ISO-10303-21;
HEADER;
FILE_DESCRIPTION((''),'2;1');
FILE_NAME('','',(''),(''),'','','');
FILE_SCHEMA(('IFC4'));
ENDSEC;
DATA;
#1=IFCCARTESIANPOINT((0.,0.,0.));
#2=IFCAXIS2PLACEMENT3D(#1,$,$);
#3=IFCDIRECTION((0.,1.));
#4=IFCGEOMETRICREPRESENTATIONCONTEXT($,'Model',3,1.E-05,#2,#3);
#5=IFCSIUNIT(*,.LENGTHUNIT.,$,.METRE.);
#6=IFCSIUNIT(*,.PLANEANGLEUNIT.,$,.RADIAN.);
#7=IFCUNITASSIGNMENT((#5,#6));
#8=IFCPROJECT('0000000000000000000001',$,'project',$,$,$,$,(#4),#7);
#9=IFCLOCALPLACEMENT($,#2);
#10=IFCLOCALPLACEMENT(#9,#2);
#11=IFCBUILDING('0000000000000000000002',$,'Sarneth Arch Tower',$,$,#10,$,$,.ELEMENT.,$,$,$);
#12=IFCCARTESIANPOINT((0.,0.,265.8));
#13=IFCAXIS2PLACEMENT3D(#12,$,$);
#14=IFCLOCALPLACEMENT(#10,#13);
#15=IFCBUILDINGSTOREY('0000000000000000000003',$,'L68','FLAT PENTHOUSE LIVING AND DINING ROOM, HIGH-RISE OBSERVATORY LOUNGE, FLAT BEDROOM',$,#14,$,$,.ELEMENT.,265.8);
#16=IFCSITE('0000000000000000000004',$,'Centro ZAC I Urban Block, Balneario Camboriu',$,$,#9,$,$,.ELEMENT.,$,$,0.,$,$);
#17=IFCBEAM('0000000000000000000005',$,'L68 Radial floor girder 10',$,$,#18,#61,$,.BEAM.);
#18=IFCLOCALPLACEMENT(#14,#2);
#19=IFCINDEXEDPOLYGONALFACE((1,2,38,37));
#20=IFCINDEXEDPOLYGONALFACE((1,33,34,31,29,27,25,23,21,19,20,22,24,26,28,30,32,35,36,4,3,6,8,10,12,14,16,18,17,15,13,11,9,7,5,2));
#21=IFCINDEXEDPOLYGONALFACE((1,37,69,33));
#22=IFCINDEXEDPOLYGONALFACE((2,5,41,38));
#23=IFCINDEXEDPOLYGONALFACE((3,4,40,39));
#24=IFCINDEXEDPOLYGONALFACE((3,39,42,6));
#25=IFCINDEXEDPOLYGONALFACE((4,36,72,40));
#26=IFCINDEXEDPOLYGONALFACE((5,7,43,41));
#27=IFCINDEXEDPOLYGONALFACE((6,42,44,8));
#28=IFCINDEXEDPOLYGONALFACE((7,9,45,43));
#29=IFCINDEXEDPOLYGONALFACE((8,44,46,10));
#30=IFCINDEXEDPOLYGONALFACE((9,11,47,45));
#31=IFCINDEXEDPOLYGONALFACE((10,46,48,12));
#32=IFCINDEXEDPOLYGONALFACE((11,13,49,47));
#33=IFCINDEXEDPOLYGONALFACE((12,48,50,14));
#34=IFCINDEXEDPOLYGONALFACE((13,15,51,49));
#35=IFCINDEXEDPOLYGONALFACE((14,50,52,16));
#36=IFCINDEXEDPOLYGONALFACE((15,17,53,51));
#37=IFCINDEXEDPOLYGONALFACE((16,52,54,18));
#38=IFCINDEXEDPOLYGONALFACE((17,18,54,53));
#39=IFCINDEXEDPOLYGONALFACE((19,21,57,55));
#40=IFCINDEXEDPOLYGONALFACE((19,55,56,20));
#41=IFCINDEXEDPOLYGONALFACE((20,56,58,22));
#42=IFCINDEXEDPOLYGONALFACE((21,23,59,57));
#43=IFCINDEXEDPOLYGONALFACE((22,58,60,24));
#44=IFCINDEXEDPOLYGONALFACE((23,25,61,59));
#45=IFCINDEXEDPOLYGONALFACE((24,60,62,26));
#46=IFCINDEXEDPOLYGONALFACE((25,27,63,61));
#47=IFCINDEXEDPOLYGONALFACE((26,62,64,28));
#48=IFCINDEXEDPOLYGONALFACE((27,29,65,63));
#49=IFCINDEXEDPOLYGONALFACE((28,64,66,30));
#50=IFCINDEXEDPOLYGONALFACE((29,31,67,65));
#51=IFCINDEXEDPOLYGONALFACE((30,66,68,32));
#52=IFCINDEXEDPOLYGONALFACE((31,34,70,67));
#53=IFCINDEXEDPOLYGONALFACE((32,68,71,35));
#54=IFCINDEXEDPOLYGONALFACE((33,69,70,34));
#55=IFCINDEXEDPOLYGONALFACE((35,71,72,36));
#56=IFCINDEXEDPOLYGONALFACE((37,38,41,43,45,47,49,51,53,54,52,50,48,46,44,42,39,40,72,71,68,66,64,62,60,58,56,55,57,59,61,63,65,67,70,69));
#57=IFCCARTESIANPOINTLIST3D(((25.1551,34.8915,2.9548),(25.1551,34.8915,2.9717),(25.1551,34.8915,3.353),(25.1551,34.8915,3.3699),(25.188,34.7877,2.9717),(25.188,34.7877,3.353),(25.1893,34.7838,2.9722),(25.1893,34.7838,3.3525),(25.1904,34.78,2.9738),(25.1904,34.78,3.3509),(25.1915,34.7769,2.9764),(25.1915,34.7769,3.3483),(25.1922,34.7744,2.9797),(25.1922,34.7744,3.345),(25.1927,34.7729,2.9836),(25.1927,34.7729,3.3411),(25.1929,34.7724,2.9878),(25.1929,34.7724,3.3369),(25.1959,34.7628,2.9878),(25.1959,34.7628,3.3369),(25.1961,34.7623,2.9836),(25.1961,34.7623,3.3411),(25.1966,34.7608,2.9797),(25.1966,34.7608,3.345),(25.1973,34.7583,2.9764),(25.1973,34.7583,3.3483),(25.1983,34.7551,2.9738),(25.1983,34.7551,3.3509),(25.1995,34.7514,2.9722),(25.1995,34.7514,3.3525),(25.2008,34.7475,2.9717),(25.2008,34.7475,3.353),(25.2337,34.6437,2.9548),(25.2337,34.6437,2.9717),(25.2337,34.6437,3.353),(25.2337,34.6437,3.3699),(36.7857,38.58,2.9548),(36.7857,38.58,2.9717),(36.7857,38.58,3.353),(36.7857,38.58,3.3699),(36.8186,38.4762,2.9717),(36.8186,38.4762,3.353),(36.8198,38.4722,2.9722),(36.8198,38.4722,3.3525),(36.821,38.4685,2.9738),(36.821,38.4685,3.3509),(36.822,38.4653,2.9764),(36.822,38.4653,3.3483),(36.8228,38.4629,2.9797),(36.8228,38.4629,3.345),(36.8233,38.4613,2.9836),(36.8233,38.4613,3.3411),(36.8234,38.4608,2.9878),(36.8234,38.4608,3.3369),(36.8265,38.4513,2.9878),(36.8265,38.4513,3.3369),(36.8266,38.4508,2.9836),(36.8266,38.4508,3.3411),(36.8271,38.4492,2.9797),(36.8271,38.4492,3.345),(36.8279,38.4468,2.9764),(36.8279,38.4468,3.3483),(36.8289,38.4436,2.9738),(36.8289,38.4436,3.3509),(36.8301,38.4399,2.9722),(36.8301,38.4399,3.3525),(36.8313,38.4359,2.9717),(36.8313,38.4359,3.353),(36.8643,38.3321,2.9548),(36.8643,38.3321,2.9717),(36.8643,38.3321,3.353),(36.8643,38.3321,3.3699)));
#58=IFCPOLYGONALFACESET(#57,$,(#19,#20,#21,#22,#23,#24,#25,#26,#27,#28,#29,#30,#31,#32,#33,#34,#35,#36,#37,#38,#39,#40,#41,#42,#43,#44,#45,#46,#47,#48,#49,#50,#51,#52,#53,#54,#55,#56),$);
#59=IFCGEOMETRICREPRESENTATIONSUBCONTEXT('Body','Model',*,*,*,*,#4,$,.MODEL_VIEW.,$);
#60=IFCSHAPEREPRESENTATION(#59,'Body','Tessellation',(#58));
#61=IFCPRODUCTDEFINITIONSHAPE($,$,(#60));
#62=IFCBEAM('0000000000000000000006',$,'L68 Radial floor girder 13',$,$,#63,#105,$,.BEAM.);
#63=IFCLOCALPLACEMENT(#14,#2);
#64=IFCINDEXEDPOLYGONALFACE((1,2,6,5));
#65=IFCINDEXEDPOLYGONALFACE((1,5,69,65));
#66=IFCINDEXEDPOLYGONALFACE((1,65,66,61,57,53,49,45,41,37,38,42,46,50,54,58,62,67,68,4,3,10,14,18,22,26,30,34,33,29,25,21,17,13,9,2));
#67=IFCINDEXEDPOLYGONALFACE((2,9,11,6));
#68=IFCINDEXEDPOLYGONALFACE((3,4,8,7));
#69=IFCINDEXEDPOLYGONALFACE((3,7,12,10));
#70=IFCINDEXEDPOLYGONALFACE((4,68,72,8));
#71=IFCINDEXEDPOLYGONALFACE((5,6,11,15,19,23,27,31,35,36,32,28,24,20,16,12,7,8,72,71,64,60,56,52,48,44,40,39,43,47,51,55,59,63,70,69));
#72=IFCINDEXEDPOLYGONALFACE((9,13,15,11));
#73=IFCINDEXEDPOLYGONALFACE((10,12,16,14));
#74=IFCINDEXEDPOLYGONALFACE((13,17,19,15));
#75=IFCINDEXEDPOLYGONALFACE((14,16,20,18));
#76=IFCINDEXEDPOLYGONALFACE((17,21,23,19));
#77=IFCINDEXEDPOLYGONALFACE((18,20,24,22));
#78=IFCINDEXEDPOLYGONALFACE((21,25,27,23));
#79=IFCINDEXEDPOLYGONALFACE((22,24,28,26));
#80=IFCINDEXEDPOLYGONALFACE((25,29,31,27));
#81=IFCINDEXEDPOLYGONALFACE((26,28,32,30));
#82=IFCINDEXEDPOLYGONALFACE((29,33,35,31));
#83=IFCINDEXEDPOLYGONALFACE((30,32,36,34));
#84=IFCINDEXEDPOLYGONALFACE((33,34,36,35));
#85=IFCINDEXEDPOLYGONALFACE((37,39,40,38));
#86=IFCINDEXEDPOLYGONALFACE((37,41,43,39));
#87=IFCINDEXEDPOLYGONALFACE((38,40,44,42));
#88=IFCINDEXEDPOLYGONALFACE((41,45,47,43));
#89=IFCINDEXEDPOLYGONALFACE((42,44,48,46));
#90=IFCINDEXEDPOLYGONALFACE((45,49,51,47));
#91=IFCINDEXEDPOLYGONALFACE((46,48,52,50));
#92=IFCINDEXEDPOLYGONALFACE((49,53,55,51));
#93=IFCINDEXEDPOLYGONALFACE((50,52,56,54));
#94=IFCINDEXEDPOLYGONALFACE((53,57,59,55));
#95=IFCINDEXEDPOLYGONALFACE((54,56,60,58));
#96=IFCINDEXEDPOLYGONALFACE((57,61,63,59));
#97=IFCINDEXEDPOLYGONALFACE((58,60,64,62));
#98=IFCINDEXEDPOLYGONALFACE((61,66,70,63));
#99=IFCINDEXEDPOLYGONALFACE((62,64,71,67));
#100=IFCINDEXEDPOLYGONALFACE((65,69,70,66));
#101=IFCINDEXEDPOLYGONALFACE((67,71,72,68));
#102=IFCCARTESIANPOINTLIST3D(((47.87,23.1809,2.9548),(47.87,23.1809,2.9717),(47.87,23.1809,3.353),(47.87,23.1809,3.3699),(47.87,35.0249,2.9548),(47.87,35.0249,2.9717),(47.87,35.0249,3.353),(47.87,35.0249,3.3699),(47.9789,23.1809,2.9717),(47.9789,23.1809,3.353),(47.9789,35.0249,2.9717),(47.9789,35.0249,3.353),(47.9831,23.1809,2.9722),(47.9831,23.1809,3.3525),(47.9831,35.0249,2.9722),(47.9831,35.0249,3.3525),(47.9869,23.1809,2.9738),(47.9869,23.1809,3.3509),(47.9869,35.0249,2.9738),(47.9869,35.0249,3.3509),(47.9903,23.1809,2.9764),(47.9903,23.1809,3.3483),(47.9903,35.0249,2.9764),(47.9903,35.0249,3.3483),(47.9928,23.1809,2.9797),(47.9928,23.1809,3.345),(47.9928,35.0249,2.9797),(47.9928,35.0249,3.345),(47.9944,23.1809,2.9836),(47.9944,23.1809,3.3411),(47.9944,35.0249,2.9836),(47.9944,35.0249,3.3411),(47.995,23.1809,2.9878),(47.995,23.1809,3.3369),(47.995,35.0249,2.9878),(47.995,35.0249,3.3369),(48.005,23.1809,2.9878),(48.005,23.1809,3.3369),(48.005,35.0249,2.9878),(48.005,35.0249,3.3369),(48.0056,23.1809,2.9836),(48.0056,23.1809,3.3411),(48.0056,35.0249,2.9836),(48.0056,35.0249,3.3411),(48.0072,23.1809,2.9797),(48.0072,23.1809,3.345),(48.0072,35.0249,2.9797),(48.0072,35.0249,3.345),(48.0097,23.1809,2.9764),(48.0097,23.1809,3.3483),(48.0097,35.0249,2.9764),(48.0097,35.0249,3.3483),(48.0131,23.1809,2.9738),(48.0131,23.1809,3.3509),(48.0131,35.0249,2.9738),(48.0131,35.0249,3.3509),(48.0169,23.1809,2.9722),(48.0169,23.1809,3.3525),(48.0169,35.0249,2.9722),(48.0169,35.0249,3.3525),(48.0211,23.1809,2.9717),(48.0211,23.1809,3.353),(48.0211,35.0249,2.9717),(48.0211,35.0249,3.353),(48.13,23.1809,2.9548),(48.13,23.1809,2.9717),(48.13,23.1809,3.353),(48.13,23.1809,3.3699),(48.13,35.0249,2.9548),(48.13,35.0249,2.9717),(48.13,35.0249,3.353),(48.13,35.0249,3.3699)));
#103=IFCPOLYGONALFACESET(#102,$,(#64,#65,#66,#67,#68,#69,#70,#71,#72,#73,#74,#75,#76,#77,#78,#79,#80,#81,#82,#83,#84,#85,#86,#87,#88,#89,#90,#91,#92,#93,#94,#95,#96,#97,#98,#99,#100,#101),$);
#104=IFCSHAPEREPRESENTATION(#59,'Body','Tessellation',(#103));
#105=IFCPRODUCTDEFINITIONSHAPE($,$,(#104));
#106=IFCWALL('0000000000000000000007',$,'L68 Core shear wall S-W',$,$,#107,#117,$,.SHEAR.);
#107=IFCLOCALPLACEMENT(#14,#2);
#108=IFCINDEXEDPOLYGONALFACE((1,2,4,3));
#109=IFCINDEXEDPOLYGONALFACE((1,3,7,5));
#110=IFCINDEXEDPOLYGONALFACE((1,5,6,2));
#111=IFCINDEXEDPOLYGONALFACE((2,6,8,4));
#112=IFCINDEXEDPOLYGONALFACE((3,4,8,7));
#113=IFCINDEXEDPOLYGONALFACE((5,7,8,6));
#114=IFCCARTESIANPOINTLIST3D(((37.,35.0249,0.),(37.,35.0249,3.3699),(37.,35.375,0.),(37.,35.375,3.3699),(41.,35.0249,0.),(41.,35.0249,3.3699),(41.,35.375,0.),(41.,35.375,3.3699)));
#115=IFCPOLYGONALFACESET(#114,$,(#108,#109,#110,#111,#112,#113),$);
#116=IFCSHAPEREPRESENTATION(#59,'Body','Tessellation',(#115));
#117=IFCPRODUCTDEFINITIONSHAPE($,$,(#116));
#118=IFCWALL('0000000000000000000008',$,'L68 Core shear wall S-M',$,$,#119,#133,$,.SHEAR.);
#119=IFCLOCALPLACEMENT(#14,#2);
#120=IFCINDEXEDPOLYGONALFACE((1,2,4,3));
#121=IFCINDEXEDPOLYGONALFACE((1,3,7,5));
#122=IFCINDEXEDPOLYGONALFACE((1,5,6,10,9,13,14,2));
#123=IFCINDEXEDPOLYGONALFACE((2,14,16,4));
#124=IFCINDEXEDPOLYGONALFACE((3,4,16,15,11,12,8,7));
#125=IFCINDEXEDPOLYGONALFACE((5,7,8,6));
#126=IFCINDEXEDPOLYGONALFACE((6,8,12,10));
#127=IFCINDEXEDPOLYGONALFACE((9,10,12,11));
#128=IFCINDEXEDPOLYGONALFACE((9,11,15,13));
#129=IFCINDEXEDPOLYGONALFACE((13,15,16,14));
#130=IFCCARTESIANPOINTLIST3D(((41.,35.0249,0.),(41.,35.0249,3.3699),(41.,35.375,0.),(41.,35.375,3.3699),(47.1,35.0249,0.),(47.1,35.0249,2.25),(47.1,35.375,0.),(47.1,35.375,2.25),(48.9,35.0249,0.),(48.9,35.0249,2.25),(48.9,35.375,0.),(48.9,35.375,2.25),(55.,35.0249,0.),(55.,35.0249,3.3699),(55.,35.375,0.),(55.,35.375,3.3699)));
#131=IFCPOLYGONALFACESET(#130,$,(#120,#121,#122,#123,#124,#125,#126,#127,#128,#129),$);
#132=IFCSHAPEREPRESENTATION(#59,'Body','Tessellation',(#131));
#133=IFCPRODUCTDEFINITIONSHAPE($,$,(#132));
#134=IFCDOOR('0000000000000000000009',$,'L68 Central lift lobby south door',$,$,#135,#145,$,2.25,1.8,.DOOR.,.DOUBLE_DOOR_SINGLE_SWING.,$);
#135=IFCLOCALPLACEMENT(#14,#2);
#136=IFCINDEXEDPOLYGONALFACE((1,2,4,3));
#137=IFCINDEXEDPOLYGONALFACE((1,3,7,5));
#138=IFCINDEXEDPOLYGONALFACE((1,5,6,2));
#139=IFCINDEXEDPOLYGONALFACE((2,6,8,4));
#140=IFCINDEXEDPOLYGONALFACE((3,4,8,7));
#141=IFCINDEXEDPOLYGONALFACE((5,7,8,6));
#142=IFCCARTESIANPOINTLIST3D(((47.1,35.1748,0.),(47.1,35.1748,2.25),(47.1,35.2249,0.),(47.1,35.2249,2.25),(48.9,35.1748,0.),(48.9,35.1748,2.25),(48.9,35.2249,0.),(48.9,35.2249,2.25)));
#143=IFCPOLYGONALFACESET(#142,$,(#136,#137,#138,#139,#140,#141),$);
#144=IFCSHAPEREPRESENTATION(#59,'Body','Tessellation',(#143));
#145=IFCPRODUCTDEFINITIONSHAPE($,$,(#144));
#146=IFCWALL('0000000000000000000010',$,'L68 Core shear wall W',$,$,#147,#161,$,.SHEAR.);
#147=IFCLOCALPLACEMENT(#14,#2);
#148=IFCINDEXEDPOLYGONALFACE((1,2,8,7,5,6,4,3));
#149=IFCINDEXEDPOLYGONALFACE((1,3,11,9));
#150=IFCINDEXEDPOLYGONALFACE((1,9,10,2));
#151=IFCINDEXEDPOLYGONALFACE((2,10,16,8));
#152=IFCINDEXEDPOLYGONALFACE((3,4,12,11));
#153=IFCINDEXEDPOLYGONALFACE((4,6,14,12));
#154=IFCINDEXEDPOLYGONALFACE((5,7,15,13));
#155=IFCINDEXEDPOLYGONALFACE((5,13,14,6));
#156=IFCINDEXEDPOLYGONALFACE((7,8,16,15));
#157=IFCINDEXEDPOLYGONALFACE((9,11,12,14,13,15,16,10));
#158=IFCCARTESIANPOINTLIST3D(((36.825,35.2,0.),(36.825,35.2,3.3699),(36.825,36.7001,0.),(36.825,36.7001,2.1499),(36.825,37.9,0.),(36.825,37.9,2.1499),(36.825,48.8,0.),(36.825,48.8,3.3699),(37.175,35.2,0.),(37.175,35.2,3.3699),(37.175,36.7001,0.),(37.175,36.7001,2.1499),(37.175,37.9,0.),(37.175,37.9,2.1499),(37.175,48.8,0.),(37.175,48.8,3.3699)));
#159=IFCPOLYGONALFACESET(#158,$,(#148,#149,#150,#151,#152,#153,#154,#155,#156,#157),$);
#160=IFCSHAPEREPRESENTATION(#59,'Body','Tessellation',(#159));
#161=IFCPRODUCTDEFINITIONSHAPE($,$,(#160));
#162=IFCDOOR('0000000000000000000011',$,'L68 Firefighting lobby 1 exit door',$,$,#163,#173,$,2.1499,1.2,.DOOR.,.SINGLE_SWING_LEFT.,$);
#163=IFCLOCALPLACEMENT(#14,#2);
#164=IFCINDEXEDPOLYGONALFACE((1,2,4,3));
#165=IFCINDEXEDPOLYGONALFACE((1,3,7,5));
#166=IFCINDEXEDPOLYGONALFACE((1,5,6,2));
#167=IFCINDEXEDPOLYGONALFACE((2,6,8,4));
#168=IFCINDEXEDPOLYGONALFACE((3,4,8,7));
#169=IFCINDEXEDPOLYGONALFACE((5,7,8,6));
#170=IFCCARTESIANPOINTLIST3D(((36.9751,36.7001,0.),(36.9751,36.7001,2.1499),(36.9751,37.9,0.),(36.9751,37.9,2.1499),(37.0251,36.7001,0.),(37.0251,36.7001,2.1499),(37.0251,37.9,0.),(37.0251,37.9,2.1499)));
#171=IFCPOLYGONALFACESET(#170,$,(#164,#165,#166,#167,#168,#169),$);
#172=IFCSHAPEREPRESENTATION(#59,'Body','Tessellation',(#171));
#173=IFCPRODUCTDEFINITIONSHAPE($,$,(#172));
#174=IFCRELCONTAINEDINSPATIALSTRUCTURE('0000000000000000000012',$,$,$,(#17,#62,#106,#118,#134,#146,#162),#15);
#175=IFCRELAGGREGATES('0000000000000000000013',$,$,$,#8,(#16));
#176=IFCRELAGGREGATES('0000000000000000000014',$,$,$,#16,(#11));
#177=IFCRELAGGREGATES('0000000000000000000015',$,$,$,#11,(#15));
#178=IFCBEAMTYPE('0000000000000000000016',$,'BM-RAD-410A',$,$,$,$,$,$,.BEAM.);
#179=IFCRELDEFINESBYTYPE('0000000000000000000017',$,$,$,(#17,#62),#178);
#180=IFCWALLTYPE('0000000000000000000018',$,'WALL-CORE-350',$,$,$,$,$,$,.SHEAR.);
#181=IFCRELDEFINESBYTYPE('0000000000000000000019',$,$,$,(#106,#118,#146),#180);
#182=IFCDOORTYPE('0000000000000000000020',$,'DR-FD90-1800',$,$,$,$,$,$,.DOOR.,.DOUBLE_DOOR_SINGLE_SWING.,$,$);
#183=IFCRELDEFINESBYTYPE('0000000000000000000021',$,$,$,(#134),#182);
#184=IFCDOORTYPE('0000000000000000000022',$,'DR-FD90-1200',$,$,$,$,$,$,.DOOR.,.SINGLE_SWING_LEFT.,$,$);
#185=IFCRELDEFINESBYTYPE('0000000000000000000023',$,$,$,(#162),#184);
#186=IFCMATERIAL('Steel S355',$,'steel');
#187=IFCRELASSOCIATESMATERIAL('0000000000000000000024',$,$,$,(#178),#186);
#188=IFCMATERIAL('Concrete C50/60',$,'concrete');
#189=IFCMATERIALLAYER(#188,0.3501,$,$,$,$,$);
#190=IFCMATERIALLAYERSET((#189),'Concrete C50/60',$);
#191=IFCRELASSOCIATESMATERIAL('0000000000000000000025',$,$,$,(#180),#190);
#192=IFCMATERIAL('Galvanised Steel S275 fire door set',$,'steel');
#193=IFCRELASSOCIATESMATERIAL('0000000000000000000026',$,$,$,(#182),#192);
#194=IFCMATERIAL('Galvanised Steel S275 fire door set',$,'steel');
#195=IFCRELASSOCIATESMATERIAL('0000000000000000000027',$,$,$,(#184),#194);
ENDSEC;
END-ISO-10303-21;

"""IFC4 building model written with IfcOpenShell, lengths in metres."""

from ifc_helpers import new_model, si_unit, direction, frame, frame_2d, origin, origin_2d, place, context, subcontext, project, spatial, rectangle, i_section, extrude, material, layer, layer_set, material_profile, profile_set, type_object, element, fill, save


model = new_model("IFC4")

# Units and contexts
model_context = context("Model", 3, precision=1e-05, world=origin(), true_north=direction((0.0, 1.0)))
body_context = subcontext(model_context, "Body", "Model", "MODEL_VIEW")
ifc_project = project(units=[si_unit("LENGTHUNIT", "METRE"), si_unit("PLANEANGLEUNIT", "RADIAN")], contexts=[model_context])

# Site, building, storey
site_placement = place(None, origin())
site = spatial("IfcSite", under=ifc_project, at=site_placement, Name="Centro ZAC I Urban Block, Balneario Camboriu", CompositionType="ELEMENT", RefElevation=0.0)
building_placement = place(site_placement, origin())
building = spatial("IfcBuilding", under=site, at=building_placement, Name="Sarneth Arch Tower", CompositionType="ELEMENT")
storey_placement = place(building_placement, frame((0.0, 0.0, 265.8)))
storey = spatial("IfcBuildingStorey", under=building, at=storey_placement, Name="L68", Description="FLAT PENTHOUSE LIVING AND DINING ROOM, HIGH-RISE OBSERVATORY LOUNGE, FLAT BEDROOM", CompositionType="ELEMENT", Elevation=265.8)

# Beams
ifc_material_1 = material(Name="Steel S355", Category="steel")
ifc_material_profile_1 = material_profile(ifc_material_1, i_section(OverallWidth=0.26, OverallDepth=0.415, WebThickness=0.01, FlangeThickness=0.0168, FilletRadius=0.0161, at=origin_2d()), Name="W410x100")
ifc_profile_set_1 = profile_set([ifc_material_profile_1], Name="Steel S355")
beam_type_1 = type_object("IfcBeamType", Name="BM-RAD-410A", PredefinedType="BEAM", material=ifc_profile_set_1)
beam_1_placement = place(storey_placement, frame((36.825, 38.4561, 3.1624), z_axis=(-0.953214, -0.302298, 0.0), x_axis=(0.302298, -0.953214, 0.0)))
element("IfcBeam", 1, at=beam_1_placement, inside=storey, type_object=beam_type_1, Name="L68 Radial floor girder 10", PredefinedType="BEAM", context=body_context, shape_type="SweptSolid", body=[
    extrude(i_section(OverallWidth=0.26, OverallDepth=0.415, WebThickness=0.01, FlangeThickness=0.0168, FilletRadius=0.0161, at=origin_2d()), origin(), (0.0, 0.0, 1.0), 12.2014),
])
beam_2_placement = place(storey_placement, frame((48.0, 35.0249, 3.1624), z_axis=(0.0, -1.0, 0.0), x_axis=(1.0, 0.0, 0.0)))
element("IfcBeam", 2, at=beam_2_placement, inside=storey, type_object=beam_type_1, Name="L68 Radial floor girder 13", PredefinedType="BEAM", context=body_context, shape_type="SweptSolid", body=[
    extrude(i_section(OverallWidth=0.26, OverallDepth=0.415, WebThickness=0.01, FlangeThickness=0.0168, FilletRadius=0.0161, at=origin_2d()), origin(), (0.0, 0.0, 1.0), 11.844),
])

# Wall
ifc_material_2 = material(Name="Concrete C50/60", Category="concrete")
ifc_layer_1 = layer(ifc_material_2, 0.3501)
ifc_layer_set_1 = layer_set([ifc_layer_1], Name="Concrete C50/60")
wall_type_1 = type_object("IfcWallType", Name="WALL-CORE-350", PredefinedType="SHEAR", material=ifc_layer_set_1)
wall_1_placement = place(storey_placement, frame((37.0, 35.2, 0.0), z_axis=(0.0, 0.0, 1.0), x_axis=(1.0, 0.0, 0.0)))
element("IfcWall", 3, at=wall_1_placement, inside=storey, type_object=wall_type_1, Name="L68 Core shear wall S-W", PredefinedType="SHEAR", context=body_context, shape_type="SweptSolid", body=[
    extrude(rectangle(XDim=4.0, YDim=0.3501, at=frame_2d((2.0, 0.0))), origin(), (0.0, 0.0, 1.0), 3.3699),
])

# Walls, openings, doors
wall_2_placement = place(storey_placement, frame((41.0, 35.2, 0.0), z_axis=(0.0, 0.0, 1.0), x_axis=(1.0, 0.0, 0.0)))
wall_2 = element("IfcWall", 4, at=wall_2_placement, inside=storey, type_object=wall_type_1, Name="L68 Core shear wall S-M", PredefinedType="SHEAR", context=body_context, shape_type="SweptSolid", body=[
    extrude(rectangle(XDim=14.0, YDim=0.3501, at=frame_2d((7.0, 0.0))), origin(), (0.0, 0.0, 1.0), 3.3699),
])
opening_1_placement = place(wall_2_placement, frame((6.1001, 0.0, 0.0)))
opening_1 = element("IfcOpeningElement", 5, at=opening_1_placement, cuts=wall_2, PredefinedType="OPENING", context=body_context, shape_type="SweptSolid", body=[
    extrude(rectangle(XDim=1.8, YDim=2.25, at=frame_2d((0.8999, 1.125))), frame((0.0, 0.1851, 0.0), z_axis=(0.0, -1.0, 0.0), x_axis=(1.0, 0.0, 0.0)), (0.0, 0.0, 1.0), 0.3701),
])
ifc_material_3 = material(Name="Galvanised Steel S275 fire door set", Category="steel")
door_type_1 = type_object("IfcDoorType", Name="DR-FD90-1800", OperationType="DOUBLE_DOOR_SINGLE_SWING", PredefinedType="DOOR", material=ifc_material_3)
door_1_placement = place(opening_1_placement, origin())
door_1 = element("IfcDoor", 6, at=door_1_placement, inside=storey, type_object=door_type_1, Name="L68 Central lift lobby south door", OperationType="DOUBLE_DOOR_SINGLE_SWING", OverallHeight=2.25, OverallWidth=1.8, PredefinedType="DOOR", context=body_context, shape_type="SweptSolid", body=[
    extrude(rectangle(XDim=1.8, YDim=2.25, at=frame_2d((0.8999, 1.125))), frame((0.0, 0.0249, 0.0), z_axis=(0.0, -1.0, 0.0), x_axis=(1.0, 0.0, 0.0)), (0.0, 0.0, 1.0), 0.05),
])
fill(opening_1, door_1)
wall_3_placement = place(storey_placement, frame((37.0, 35.2, 0.0), z_axis=(0.0, 0.0, 1.0), x_axis=(0.0, 1.0, 0.0)))
wall_3 = element("IfcWall", 7, at=wall_3_placement, inside=storey, type_object=wall_type_1, Name="L68 Core shear wall W", PredefinedType="SHEAR", context=body_context, shape_type="SweptSolid", body=[
    extrude(rectangle(XDim=13.6001, YDim=0.3501, at=frame_2d((6.8, 0.0))), origin(), (0.0, 0.0, 1.0), 3.3699),
])
opening_2_placement = place(wall_3_placement, frame((1.5, 0.0, 0.0)))
opening_2 = element("IfcOpeningElement", 8, at=opening_2_placement, cuts=wall_3, PredefinedType="OPENING", context=body_context, shape_type="SweptSolid", body=[
    extrude(rectangle(XDim=1.2, YDim=2.1499, at=frame_2d((0.6001, 1.075))), frame((0.0, 0.1851, 0.0), z_axis=(0.0, -1.0, 0.0), x_axis=(1.0, 0.0, 0.0)), (0.0, 0.0, 1.0), 0.3701),
])
ifc_material_4 = material(Name="Galvanised Steel S275 fire door set", Category="steel")
door_type_2 = type_object("IfcDoorType", Name="DR-FD90-1200", OperationType="SINGLE_SWING_LEFT", PredefinedType="DOOR", material=ifc_material_4)
door_2_placement = place(opening_2_placement, origin())
door_2 = element("IfcDoor", 9, at=door_2_placement, inside=storey, type_object=door_type_2, Name="L68 Firefighting lobby 1 exit door", OperationType="SINGLE_SWING_LEFT", OverallHeight=2.1499, OverallWidth=1.2, PredefinedType="DOOR", context=body_context, shape_type="SweptSolid", body=[
    extrude(rectangle(XDim=1.2, YDim=2.1499, at=frame_2d((0.6001, 1.075))), frame((0.0, 0.0249, 0.0), z_axis=(0.0, -1.0, 0.0), x_axis=(1.0, 0.0, 0.0)), (0.0, 0.0, 1.0), 0.05),
])
fill(opening_2, door_2)

save(model, "model.ifc")
